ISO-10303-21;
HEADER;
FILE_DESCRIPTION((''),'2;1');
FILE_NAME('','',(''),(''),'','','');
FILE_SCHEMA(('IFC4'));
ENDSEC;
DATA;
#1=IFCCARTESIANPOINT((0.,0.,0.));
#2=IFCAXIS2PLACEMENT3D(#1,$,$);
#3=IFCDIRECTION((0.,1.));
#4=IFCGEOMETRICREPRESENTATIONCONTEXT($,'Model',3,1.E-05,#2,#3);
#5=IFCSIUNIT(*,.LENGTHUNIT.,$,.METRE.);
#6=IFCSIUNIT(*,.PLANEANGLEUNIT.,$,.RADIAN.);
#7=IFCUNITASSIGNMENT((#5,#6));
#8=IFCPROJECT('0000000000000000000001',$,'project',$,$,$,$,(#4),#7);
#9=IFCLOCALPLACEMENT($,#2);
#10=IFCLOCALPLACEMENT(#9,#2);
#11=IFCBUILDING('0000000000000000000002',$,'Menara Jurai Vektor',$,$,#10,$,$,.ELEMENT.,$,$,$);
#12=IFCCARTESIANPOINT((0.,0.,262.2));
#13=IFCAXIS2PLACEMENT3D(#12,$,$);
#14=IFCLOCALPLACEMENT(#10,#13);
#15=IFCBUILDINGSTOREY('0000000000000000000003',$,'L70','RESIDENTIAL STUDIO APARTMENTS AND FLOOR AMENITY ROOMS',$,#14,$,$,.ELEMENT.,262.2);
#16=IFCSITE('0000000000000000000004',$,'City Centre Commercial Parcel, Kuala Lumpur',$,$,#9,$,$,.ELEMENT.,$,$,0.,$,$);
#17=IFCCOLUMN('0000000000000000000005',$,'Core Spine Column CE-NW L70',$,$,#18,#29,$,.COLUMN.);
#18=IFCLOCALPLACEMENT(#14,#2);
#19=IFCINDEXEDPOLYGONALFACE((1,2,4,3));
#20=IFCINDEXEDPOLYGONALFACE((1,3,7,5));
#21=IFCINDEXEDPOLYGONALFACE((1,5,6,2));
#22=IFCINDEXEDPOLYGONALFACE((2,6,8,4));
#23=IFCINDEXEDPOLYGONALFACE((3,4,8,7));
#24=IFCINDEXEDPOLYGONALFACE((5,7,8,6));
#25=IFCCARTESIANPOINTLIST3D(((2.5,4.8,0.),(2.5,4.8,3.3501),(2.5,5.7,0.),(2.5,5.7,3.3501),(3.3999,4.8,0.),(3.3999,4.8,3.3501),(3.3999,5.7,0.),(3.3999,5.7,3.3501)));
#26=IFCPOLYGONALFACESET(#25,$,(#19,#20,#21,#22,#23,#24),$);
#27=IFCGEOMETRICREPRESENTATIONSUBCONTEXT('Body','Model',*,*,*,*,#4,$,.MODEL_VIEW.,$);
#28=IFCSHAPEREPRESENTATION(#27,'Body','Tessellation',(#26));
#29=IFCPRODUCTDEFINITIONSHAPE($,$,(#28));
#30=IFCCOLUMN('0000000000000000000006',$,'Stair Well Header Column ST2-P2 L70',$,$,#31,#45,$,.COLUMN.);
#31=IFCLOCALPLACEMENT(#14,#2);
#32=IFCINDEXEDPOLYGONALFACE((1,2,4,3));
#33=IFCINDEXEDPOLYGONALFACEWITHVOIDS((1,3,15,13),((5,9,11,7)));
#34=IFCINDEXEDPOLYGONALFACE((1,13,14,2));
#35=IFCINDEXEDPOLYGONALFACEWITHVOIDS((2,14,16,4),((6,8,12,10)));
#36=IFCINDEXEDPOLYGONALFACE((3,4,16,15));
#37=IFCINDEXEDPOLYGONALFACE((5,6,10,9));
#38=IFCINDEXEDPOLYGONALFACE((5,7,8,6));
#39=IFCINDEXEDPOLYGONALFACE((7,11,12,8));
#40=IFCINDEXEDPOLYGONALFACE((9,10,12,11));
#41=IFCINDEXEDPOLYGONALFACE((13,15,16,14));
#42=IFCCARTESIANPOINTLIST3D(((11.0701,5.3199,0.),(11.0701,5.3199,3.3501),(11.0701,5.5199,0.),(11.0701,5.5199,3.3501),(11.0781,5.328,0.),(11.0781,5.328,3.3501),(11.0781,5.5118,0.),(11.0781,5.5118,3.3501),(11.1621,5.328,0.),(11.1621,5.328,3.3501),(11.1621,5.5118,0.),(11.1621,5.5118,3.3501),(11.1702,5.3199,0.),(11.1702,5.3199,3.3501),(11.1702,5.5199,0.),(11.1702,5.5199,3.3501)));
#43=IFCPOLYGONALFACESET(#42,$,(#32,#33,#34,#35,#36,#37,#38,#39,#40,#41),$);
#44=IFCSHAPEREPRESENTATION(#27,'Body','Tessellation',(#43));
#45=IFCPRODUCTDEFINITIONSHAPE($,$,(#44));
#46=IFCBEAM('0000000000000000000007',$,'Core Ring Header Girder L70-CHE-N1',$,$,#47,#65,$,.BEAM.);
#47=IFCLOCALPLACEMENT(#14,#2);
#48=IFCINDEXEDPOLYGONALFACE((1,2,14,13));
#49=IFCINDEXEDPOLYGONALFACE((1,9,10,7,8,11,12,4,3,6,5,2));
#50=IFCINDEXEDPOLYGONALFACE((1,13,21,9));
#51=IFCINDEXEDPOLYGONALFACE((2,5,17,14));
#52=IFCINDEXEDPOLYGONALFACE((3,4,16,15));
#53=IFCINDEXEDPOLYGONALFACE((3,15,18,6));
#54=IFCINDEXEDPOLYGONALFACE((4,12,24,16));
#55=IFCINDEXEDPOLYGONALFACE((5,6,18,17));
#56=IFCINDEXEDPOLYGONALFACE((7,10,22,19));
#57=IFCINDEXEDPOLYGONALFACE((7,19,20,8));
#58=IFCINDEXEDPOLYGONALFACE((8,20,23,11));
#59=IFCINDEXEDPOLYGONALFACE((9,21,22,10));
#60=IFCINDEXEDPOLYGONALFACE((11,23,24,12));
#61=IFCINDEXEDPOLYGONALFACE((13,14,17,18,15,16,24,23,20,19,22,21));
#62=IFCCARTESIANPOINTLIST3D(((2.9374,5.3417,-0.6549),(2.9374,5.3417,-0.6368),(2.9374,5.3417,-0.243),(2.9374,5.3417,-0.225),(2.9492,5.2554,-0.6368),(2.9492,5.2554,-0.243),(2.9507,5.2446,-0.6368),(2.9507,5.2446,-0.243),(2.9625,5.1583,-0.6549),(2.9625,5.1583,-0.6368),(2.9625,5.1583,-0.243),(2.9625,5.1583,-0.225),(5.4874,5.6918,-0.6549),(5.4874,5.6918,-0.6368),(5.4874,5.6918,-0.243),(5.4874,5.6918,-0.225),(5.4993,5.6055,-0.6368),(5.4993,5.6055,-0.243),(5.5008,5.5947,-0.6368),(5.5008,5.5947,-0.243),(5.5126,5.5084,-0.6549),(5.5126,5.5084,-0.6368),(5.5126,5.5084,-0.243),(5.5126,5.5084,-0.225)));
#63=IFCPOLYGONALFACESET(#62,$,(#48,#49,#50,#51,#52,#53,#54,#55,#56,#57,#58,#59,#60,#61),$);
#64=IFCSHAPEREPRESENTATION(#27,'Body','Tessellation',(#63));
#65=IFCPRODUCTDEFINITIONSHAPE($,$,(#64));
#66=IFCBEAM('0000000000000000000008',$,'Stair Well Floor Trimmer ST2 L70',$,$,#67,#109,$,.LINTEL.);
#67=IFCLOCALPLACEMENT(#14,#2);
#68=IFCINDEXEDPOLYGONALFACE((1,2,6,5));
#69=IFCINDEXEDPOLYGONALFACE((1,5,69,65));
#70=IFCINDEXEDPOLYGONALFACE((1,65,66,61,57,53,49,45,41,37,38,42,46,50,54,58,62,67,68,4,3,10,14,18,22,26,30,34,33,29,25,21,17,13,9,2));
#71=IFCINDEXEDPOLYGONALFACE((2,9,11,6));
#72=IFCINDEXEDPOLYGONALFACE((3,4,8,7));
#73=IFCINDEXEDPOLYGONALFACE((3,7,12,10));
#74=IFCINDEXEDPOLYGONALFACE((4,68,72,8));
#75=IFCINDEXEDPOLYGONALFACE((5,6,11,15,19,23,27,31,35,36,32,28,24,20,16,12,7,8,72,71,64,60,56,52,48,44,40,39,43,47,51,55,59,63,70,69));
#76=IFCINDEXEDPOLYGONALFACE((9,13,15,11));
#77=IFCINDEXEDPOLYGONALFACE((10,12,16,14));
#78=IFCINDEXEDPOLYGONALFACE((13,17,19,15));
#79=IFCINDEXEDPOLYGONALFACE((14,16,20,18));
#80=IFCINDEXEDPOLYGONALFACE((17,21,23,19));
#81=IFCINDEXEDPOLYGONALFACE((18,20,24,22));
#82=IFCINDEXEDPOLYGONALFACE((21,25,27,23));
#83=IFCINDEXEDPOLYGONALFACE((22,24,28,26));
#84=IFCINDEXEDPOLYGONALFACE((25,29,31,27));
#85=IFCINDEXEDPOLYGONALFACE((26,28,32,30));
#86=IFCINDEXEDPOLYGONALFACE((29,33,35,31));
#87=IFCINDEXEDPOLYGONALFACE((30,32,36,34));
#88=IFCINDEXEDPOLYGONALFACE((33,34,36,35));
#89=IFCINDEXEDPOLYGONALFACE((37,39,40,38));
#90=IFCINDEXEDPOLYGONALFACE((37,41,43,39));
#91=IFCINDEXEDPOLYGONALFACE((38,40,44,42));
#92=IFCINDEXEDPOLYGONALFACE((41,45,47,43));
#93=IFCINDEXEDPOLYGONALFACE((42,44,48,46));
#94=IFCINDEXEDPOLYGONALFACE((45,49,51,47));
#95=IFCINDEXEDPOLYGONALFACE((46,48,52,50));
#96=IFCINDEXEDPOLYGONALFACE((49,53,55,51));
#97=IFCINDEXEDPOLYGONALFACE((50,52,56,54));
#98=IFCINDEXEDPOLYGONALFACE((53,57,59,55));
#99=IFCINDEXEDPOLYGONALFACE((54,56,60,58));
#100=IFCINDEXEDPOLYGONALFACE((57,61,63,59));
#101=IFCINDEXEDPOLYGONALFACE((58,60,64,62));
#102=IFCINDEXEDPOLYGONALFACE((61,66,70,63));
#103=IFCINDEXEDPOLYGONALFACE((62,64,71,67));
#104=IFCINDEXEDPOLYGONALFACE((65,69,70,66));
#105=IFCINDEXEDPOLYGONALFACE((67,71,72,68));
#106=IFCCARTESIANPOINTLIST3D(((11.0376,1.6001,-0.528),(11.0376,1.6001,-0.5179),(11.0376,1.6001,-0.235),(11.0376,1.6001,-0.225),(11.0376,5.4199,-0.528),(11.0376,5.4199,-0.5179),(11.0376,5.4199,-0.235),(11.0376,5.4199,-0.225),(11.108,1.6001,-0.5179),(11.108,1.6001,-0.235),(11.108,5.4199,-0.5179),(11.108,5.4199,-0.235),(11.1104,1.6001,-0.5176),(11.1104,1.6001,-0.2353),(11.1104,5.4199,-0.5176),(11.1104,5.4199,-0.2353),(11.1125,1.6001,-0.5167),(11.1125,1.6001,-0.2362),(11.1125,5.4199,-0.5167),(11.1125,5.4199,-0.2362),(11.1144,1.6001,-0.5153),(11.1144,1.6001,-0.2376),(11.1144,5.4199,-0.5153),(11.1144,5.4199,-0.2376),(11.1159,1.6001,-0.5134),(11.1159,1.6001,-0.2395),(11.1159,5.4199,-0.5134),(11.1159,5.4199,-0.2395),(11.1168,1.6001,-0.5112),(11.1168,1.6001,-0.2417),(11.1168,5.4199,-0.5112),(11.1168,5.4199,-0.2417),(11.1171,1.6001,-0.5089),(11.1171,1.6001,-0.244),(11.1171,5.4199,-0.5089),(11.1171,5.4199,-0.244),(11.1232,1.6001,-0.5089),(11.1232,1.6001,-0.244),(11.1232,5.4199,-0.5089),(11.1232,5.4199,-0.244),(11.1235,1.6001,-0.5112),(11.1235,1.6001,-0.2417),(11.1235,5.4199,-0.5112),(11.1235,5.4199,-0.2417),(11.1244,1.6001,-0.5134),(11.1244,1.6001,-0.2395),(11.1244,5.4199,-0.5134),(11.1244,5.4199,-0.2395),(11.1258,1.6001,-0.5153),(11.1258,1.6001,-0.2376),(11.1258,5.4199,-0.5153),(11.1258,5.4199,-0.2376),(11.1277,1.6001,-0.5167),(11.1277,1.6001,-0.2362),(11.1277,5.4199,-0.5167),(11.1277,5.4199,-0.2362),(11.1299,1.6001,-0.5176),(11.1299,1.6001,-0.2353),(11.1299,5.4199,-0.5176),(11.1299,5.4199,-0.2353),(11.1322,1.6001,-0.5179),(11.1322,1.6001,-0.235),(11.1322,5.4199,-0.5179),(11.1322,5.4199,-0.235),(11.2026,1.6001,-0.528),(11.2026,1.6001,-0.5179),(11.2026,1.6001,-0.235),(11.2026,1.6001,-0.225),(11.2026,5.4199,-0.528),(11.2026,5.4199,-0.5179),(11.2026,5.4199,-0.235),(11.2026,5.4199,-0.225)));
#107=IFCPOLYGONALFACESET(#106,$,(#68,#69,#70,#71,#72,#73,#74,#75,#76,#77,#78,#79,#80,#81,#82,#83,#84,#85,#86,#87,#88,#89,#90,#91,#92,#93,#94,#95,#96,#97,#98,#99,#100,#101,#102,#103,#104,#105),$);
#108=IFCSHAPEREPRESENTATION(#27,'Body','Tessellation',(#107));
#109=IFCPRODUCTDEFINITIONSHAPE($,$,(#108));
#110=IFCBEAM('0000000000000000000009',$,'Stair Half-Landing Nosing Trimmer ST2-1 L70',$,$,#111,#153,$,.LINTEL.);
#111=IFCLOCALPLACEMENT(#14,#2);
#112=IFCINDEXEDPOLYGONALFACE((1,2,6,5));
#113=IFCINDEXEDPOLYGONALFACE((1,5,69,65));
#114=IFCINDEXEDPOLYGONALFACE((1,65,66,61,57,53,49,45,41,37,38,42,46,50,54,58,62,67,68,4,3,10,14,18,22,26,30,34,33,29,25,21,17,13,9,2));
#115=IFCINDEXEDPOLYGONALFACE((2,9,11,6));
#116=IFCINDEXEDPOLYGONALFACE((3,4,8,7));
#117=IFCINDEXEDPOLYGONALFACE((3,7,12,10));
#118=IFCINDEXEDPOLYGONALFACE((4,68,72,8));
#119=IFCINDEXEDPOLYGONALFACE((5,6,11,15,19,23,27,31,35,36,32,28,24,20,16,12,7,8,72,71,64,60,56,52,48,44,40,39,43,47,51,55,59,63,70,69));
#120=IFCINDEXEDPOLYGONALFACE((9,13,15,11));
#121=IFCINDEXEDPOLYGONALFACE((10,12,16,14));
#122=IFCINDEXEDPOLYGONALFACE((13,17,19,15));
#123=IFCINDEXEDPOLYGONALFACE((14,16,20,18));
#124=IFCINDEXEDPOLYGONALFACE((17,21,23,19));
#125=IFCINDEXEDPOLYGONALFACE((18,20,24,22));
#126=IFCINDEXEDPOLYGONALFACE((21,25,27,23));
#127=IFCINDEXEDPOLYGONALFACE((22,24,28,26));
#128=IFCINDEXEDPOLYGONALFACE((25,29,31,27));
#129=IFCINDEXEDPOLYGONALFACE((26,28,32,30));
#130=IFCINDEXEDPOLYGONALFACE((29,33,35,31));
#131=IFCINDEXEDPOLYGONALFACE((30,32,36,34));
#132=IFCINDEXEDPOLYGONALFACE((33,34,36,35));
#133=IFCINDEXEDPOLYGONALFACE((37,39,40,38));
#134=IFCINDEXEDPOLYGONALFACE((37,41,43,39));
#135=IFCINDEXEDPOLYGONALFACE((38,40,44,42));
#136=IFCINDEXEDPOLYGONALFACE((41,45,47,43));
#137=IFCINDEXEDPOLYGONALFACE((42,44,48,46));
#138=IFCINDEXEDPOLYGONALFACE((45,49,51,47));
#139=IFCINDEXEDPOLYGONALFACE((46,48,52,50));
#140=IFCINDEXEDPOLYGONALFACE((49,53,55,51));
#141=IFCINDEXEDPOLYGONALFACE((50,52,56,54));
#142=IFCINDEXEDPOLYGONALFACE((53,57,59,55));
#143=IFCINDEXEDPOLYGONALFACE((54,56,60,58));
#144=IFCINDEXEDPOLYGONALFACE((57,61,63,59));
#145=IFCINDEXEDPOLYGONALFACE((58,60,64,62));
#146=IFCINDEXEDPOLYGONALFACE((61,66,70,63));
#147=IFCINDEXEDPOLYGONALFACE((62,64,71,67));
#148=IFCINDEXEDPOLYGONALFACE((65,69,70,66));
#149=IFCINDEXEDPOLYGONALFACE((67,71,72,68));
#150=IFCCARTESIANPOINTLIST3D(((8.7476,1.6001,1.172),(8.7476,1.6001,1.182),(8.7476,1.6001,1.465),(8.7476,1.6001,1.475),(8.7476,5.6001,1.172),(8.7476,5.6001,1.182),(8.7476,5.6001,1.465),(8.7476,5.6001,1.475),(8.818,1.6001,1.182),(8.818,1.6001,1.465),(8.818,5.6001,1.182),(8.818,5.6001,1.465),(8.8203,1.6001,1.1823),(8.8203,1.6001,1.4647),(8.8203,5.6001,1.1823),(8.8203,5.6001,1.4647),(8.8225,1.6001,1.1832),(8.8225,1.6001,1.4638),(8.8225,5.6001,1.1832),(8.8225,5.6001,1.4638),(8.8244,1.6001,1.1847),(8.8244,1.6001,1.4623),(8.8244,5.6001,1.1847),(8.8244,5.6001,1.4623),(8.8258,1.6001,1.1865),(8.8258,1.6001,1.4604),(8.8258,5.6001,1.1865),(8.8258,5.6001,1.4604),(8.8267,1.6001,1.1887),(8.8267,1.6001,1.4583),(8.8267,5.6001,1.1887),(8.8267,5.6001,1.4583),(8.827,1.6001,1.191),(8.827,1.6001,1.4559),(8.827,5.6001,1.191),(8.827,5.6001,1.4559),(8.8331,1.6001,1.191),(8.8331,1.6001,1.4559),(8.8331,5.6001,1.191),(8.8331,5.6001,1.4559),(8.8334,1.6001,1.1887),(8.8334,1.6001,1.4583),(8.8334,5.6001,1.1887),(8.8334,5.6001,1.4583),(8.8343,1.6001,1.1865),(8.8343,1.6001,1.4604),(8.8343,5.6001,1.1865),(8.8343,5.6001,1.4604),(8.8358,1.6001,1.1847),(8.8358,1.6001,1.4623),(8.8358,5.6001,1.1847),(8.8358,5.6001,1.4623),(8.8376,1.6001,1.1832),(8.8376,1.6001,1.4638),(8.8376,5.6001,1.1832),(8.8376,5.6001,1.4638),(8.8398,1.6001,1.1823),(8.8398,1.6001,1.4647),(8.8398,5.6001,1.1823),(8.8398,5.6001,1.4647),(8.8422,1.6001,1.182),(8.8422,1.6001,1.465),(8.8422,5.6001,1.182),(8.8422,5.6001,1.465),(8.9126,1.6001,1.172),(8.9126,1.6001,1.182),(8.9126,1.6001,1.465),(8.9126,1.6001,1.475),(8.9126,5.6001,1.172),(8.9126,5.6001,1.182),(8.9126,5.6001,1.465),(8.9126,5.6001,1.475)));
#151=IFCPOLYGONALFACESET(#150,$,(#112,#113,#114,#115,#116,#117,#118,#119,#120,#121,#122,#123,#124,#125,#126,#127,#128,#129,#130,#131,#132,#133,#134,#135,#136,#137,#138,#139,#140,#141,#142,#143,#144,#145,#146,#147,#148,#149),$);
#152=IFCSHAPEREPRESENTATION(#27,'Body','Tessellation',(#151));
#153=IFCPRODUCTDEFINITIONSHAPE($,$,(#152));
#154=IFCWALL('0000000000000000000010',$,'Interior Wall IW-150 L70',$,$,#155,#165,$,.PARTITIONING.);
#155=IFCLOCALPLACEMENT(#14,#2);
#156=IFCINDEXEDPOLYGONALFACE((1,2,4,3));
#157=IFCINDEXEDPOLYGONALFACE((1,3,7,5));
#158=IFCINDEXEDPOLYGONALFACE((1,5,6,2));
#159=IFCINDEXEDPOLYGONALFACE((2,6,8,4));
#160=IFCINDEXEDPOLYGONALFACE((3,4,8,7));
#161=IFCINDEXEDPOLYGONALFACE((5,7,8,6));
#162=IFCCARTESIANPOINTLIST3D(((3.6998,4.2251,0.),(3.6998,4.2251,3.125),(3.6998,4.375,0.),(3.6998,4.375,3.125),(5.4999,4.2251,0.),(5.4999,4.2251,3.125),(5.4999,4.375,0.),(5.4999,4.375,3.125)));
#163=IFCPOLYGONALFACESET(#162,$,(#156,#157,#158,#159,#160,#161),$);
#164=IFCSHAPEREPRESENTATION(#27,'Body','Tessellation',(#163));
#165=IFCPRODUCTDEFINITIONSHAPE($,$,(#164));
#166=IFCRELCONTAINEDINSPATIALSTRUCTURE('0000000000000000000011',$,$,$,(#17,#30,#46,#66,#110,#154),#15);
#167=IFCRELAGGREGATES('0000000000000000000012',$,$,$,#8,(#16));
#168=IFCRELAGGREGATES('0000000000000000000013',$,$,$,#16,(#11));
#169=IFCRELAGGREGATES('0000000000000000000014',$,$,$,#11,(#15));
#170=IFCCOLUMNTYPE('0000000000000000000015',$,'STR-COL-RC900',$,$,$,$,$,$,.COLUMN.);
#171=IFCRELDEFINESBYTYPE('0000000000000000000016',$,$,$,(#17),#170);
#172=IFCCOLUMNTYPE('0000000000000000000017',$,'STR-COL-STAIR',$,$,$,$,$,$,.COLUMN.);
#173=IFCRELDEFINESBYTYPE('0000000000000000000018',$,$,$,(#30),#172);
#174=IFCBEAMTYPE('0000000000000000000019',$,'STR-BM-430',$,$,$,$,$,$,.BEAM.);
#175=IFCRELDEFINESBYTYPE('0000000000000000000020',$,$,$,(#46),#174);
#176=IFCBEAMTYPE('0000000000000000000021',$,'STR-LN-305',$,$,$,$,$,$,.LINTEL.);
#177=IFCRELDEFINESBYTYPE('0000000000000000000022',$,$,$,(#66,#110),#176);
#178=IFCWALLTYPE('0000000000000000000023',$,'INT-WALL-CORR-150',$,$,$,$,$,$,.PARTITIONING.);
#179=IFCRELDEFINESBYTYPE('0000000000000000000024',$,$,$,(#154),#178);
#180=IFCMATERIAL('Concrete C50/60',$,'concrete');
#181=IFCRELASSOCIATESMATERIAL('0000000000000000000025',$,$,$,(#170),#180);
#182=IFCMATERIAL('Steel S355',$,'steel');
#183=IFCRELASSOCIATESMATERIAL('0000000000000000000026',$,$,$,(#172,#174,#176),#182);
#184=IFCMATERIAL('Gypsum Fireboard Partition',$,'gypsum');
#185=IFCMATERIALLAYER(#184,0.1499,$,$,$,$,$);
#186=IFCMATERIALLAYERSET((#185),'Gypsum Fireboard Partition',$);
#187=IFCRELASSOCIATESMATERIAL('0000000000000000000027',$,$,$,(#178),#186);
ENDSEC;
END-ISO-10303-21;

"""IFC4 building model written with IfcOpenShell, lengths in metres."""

from ifc_helpers import new_model, si_unit, direction, frame, frame_2d, origin, origin_2d, place, context, subcontext, project, spatial, rectangle, hollow_rectangle, i_section, extrude, material, layer, layer_set, material_profile, profile_set, type_object, element, save


model = new_model("IFC4")

# Units and contexts
model_context = context("Model", 3, precision=1e-05, world=origin(), true_north=direction((0.0, 1.0)))
body_context = subcontext(model_context, "Body", "Model", "MODEL_VIEW")
ifc_project = project(units=[si_unit("LENGTHUNIT", "METRE"), si_unit("PLANEANGLEUNIT", "RADIAN")], contexts=[model_context])

# Site, building, storey
site_placement = place(None, origin())
site = spatial("IfcSite", under=ifc_project, at=site_placement, Name="City Centre Commercial Parcel, Kuala Lumpur", CompositionType="ELEMENT", RefElevation=0.0)
building_placement = place(site_placement, origin())
building = spatial("IfcBuilding", under=site, at=building_placement, Name="Menara Jurai Vektor", CompositionType="ELEMENT")
storey_placement = place(building_placement, frame((0.0, 0.0, 262.2)))
storey = spatial("IfcBuildingStorey", under=building, at=storey_placement, Name="L70", Description="RESIDENTIAL STUDIO APARTMENTS AND FLOOR AMENITY ROOMS", CompositionType="ELEMENT", Elevation=262.2)

# Columns
ifc_material_1 = material(Name="Concrete C50/60", Category="concrete")
ifc_material_profile_1 = material_profile(ifc_material_1, rectangle(XDim=0.8999, YDim=0.8999, at=origin_2d()), Name="RC 900x900")
ifc_profile_set_1 = profile_set([ifc_material_profile_1], Name="Concrete C50/60")
column_type_1 = type_object("IfcColumnType", Name="STR-COL-RC900", PredefinedType="COLUMN", material=ifc_profile_set_1)
column_1_placement = place(storey_placement, frame((2.95, 5.25, 0.0), z_axis=(0.0, 0.0, 1.0), x_axis=(1.0, 0.0, 0.0)))
element("IfcColumn", 1, at=column_1_placement, inside=storey, type_object=column_type_1, Name="Core Spine Column CE-NW L70", PredefinedType="COLUMN", context=body_context, shape_type="SweptSolid", body=[
    extrude(rectangle(XDim=0.8999, YDim=0.8999, at=origin_2d()), origin(), (0.0, 0.0, 1.0), 3.3501),
])
ifc_material_2 = material(Name="Steel S355", Category="steel")
ifc_material_profile_2 = material_profile(ifc_material_2, hollow_rectangle(XDim=0.1001, YDim=0.2, WallThickness=0.0081, at=origin_2d()), Name="RHS 200x100x8")
ifc_profile_set_2 = profile_set([ifc_material_profile_2], Name="Steel S355")
column_type_2 = type_object("IfcColumnType", Name="STR-COL-STAIR", PredefinedType="COLUMN", material=ifc_profile_set_2)
column_2_placement = place(storey_placement, frame((11.1201, 5.4199, 0.0), z_axis=(0.0, 0.0, 1.0), x_axis=(1.0, 0.0, 0.0)))
element("IfcColumn", 2, at=column_2_placement, inside=storey, type_object=column_type_2, Name="Stair Well Header Column ST2-P2 L70", PredefinedType="COLUMN", context=body_context, shape_type="SweptSolid", body=[
    extrude(hollow_rectangle(XDim=0.1001, YDim=0.2, WallThickness=0.0081, at=origin_2d()), origin(), (0.0, 0.0, 1.0), 3.3501),
])

# Beams
ifc_material_profile_3 = material_profile(ifc_material_2, i_section(OverallWidth=0.1851, OverallDepth=0.4299, WebThickness=0.011, FlangeThickness=0.0181, at=origin_2d()), Name="PG 430x185x76")
ifc_profile_set_3 = profile_set([ifc_material_profile_3], Name="Steel S355")
beam_type_1 = type_object("IfcBeamType", Name="STR-BM-430", PredefinedType="BEAM", material=ifc_profile_set_3)
beam_1_placement = place(storey_placement, frame((2.95, 5.25, -0.4399), z_axis=(0.990707, 0.136015, 0.0), x_axis=(-0.136015, 0.990707, 0.0)))
element("IfcBeam", 3, at=beam_1_placement, inside=storey, type_object=beam_type_1, Name="Core Ring Header Girder L70-CHE-N1", PredefinedType="BEAM", context=body_context, shape_type="SweptSolid", body=[
    extrude(i_section(OverallWidth=0.1851, OverallDepth=0.4299, WebThickness=0.011, FlangeThickness=0.0181, at=origin_2d()), origin(), (0.0, 0.0, 1.0), 2.574),
])
ifc_material_profile_4 = material_profile(ifc_material_2, i_section(OverallWidth=0.165, OverallDepth=0.303, WebThickness=0.0061, FlangeThickness=0.01, FilletRadius=0.009, at=origin_2d()), Name="UKB 305x165x40")
ifc_profile_set_4 = profile_set([ifc_material_profile_4], Name="Steel S355")
beam_type_2 = type_object("IfcBeamType", Name="STR-LN-305", PredefinedType="LINTEL", material=ifc_profile_set_4)
beam_2_placement = place(storey_placement, frame((11.1201, 1.6001, -0.3765), z_axis=(0.0, 1.0, 0.0), x_axis=(-1.0, 0.0, 0.0)))
element("IfcBeam", 4, at=beam_2_placement, inside=storey, type_object=beam_type_2, Name="Stair Well Floor Trimmer ST2 L70", PredefinedType="LINTEL", context=body_context, shape_type="SweptSolid", body=[
    extrude(i_section(OverallWidth=0.165, OverallDepth=0.303, WebThickness=0.0061, FlangeThickness=0.01, FilletRadius=0.009, at=origin_2d()), origin(), (0.0, 0.0, 1.0), 3.8198),
])
beam_3_placement = place(storey_placement, frame((8.8301, 1.6001, 1.3235), z_axis=(0.0, 1.0, 0.0), x_axis=(-1.0, 0.0, 0.0)))
element("IfcBeam", 5, at=beam_3_placement, inside=storey, type_object=beam_type_2, Name="Stair Half-Landing Nosing Trimmer ST2-1 L70", PredefinedType="LINTEL", context=body_context, shape_type="SweptSolid", body=[
    extrude(i_section(OverallWidth=0.165, OverallDepth=0.303, WebThickness=0.0061, FlangeThickness=0.01, FilletRadius=0.009, at=origin_2d()), origin(), (0.0, 0.0, 1.0), 4.0),
])

# Wall
ifc_material_3 = material(Name="Gypsum Fireboard Partition", Category="gypsum")
ifc_layer_1 = layer(ifc_material_3, 0.1499)
ifc_layer_set_1 = layer_set([ifc_layer_1], Name="Gypsum Fireboard Partition")
wall_type_1 = type_object("IfcWallType", Name="INT-WALL-CORR-150", PredefinedType="PARTITIONING", material=ifc_layer_set_1)
wall_1_placement = place(storey_placement, frame((3.7, 4.3, 0.0), z_axis=(0.0, 0.0, 1.0), x_axis=(1.0, 0.0, 0.0)))
element("IfcWall", 6, at=wall_1_placement, inside=storey, type_object=wall_type_1, Name="Interior Wall IW-150 L70", PredefinedType="PARTITIONING", context=body_context, shape_type="SweptSolid", body=[
    extrude(rectangle(XDim=1.8, YDim=0.1499, at=frame_2d((0.8999, 0.0))), origin(), (0.0, 0.0, 1.0), 3.125),
])

save(model, "model.ifc")
